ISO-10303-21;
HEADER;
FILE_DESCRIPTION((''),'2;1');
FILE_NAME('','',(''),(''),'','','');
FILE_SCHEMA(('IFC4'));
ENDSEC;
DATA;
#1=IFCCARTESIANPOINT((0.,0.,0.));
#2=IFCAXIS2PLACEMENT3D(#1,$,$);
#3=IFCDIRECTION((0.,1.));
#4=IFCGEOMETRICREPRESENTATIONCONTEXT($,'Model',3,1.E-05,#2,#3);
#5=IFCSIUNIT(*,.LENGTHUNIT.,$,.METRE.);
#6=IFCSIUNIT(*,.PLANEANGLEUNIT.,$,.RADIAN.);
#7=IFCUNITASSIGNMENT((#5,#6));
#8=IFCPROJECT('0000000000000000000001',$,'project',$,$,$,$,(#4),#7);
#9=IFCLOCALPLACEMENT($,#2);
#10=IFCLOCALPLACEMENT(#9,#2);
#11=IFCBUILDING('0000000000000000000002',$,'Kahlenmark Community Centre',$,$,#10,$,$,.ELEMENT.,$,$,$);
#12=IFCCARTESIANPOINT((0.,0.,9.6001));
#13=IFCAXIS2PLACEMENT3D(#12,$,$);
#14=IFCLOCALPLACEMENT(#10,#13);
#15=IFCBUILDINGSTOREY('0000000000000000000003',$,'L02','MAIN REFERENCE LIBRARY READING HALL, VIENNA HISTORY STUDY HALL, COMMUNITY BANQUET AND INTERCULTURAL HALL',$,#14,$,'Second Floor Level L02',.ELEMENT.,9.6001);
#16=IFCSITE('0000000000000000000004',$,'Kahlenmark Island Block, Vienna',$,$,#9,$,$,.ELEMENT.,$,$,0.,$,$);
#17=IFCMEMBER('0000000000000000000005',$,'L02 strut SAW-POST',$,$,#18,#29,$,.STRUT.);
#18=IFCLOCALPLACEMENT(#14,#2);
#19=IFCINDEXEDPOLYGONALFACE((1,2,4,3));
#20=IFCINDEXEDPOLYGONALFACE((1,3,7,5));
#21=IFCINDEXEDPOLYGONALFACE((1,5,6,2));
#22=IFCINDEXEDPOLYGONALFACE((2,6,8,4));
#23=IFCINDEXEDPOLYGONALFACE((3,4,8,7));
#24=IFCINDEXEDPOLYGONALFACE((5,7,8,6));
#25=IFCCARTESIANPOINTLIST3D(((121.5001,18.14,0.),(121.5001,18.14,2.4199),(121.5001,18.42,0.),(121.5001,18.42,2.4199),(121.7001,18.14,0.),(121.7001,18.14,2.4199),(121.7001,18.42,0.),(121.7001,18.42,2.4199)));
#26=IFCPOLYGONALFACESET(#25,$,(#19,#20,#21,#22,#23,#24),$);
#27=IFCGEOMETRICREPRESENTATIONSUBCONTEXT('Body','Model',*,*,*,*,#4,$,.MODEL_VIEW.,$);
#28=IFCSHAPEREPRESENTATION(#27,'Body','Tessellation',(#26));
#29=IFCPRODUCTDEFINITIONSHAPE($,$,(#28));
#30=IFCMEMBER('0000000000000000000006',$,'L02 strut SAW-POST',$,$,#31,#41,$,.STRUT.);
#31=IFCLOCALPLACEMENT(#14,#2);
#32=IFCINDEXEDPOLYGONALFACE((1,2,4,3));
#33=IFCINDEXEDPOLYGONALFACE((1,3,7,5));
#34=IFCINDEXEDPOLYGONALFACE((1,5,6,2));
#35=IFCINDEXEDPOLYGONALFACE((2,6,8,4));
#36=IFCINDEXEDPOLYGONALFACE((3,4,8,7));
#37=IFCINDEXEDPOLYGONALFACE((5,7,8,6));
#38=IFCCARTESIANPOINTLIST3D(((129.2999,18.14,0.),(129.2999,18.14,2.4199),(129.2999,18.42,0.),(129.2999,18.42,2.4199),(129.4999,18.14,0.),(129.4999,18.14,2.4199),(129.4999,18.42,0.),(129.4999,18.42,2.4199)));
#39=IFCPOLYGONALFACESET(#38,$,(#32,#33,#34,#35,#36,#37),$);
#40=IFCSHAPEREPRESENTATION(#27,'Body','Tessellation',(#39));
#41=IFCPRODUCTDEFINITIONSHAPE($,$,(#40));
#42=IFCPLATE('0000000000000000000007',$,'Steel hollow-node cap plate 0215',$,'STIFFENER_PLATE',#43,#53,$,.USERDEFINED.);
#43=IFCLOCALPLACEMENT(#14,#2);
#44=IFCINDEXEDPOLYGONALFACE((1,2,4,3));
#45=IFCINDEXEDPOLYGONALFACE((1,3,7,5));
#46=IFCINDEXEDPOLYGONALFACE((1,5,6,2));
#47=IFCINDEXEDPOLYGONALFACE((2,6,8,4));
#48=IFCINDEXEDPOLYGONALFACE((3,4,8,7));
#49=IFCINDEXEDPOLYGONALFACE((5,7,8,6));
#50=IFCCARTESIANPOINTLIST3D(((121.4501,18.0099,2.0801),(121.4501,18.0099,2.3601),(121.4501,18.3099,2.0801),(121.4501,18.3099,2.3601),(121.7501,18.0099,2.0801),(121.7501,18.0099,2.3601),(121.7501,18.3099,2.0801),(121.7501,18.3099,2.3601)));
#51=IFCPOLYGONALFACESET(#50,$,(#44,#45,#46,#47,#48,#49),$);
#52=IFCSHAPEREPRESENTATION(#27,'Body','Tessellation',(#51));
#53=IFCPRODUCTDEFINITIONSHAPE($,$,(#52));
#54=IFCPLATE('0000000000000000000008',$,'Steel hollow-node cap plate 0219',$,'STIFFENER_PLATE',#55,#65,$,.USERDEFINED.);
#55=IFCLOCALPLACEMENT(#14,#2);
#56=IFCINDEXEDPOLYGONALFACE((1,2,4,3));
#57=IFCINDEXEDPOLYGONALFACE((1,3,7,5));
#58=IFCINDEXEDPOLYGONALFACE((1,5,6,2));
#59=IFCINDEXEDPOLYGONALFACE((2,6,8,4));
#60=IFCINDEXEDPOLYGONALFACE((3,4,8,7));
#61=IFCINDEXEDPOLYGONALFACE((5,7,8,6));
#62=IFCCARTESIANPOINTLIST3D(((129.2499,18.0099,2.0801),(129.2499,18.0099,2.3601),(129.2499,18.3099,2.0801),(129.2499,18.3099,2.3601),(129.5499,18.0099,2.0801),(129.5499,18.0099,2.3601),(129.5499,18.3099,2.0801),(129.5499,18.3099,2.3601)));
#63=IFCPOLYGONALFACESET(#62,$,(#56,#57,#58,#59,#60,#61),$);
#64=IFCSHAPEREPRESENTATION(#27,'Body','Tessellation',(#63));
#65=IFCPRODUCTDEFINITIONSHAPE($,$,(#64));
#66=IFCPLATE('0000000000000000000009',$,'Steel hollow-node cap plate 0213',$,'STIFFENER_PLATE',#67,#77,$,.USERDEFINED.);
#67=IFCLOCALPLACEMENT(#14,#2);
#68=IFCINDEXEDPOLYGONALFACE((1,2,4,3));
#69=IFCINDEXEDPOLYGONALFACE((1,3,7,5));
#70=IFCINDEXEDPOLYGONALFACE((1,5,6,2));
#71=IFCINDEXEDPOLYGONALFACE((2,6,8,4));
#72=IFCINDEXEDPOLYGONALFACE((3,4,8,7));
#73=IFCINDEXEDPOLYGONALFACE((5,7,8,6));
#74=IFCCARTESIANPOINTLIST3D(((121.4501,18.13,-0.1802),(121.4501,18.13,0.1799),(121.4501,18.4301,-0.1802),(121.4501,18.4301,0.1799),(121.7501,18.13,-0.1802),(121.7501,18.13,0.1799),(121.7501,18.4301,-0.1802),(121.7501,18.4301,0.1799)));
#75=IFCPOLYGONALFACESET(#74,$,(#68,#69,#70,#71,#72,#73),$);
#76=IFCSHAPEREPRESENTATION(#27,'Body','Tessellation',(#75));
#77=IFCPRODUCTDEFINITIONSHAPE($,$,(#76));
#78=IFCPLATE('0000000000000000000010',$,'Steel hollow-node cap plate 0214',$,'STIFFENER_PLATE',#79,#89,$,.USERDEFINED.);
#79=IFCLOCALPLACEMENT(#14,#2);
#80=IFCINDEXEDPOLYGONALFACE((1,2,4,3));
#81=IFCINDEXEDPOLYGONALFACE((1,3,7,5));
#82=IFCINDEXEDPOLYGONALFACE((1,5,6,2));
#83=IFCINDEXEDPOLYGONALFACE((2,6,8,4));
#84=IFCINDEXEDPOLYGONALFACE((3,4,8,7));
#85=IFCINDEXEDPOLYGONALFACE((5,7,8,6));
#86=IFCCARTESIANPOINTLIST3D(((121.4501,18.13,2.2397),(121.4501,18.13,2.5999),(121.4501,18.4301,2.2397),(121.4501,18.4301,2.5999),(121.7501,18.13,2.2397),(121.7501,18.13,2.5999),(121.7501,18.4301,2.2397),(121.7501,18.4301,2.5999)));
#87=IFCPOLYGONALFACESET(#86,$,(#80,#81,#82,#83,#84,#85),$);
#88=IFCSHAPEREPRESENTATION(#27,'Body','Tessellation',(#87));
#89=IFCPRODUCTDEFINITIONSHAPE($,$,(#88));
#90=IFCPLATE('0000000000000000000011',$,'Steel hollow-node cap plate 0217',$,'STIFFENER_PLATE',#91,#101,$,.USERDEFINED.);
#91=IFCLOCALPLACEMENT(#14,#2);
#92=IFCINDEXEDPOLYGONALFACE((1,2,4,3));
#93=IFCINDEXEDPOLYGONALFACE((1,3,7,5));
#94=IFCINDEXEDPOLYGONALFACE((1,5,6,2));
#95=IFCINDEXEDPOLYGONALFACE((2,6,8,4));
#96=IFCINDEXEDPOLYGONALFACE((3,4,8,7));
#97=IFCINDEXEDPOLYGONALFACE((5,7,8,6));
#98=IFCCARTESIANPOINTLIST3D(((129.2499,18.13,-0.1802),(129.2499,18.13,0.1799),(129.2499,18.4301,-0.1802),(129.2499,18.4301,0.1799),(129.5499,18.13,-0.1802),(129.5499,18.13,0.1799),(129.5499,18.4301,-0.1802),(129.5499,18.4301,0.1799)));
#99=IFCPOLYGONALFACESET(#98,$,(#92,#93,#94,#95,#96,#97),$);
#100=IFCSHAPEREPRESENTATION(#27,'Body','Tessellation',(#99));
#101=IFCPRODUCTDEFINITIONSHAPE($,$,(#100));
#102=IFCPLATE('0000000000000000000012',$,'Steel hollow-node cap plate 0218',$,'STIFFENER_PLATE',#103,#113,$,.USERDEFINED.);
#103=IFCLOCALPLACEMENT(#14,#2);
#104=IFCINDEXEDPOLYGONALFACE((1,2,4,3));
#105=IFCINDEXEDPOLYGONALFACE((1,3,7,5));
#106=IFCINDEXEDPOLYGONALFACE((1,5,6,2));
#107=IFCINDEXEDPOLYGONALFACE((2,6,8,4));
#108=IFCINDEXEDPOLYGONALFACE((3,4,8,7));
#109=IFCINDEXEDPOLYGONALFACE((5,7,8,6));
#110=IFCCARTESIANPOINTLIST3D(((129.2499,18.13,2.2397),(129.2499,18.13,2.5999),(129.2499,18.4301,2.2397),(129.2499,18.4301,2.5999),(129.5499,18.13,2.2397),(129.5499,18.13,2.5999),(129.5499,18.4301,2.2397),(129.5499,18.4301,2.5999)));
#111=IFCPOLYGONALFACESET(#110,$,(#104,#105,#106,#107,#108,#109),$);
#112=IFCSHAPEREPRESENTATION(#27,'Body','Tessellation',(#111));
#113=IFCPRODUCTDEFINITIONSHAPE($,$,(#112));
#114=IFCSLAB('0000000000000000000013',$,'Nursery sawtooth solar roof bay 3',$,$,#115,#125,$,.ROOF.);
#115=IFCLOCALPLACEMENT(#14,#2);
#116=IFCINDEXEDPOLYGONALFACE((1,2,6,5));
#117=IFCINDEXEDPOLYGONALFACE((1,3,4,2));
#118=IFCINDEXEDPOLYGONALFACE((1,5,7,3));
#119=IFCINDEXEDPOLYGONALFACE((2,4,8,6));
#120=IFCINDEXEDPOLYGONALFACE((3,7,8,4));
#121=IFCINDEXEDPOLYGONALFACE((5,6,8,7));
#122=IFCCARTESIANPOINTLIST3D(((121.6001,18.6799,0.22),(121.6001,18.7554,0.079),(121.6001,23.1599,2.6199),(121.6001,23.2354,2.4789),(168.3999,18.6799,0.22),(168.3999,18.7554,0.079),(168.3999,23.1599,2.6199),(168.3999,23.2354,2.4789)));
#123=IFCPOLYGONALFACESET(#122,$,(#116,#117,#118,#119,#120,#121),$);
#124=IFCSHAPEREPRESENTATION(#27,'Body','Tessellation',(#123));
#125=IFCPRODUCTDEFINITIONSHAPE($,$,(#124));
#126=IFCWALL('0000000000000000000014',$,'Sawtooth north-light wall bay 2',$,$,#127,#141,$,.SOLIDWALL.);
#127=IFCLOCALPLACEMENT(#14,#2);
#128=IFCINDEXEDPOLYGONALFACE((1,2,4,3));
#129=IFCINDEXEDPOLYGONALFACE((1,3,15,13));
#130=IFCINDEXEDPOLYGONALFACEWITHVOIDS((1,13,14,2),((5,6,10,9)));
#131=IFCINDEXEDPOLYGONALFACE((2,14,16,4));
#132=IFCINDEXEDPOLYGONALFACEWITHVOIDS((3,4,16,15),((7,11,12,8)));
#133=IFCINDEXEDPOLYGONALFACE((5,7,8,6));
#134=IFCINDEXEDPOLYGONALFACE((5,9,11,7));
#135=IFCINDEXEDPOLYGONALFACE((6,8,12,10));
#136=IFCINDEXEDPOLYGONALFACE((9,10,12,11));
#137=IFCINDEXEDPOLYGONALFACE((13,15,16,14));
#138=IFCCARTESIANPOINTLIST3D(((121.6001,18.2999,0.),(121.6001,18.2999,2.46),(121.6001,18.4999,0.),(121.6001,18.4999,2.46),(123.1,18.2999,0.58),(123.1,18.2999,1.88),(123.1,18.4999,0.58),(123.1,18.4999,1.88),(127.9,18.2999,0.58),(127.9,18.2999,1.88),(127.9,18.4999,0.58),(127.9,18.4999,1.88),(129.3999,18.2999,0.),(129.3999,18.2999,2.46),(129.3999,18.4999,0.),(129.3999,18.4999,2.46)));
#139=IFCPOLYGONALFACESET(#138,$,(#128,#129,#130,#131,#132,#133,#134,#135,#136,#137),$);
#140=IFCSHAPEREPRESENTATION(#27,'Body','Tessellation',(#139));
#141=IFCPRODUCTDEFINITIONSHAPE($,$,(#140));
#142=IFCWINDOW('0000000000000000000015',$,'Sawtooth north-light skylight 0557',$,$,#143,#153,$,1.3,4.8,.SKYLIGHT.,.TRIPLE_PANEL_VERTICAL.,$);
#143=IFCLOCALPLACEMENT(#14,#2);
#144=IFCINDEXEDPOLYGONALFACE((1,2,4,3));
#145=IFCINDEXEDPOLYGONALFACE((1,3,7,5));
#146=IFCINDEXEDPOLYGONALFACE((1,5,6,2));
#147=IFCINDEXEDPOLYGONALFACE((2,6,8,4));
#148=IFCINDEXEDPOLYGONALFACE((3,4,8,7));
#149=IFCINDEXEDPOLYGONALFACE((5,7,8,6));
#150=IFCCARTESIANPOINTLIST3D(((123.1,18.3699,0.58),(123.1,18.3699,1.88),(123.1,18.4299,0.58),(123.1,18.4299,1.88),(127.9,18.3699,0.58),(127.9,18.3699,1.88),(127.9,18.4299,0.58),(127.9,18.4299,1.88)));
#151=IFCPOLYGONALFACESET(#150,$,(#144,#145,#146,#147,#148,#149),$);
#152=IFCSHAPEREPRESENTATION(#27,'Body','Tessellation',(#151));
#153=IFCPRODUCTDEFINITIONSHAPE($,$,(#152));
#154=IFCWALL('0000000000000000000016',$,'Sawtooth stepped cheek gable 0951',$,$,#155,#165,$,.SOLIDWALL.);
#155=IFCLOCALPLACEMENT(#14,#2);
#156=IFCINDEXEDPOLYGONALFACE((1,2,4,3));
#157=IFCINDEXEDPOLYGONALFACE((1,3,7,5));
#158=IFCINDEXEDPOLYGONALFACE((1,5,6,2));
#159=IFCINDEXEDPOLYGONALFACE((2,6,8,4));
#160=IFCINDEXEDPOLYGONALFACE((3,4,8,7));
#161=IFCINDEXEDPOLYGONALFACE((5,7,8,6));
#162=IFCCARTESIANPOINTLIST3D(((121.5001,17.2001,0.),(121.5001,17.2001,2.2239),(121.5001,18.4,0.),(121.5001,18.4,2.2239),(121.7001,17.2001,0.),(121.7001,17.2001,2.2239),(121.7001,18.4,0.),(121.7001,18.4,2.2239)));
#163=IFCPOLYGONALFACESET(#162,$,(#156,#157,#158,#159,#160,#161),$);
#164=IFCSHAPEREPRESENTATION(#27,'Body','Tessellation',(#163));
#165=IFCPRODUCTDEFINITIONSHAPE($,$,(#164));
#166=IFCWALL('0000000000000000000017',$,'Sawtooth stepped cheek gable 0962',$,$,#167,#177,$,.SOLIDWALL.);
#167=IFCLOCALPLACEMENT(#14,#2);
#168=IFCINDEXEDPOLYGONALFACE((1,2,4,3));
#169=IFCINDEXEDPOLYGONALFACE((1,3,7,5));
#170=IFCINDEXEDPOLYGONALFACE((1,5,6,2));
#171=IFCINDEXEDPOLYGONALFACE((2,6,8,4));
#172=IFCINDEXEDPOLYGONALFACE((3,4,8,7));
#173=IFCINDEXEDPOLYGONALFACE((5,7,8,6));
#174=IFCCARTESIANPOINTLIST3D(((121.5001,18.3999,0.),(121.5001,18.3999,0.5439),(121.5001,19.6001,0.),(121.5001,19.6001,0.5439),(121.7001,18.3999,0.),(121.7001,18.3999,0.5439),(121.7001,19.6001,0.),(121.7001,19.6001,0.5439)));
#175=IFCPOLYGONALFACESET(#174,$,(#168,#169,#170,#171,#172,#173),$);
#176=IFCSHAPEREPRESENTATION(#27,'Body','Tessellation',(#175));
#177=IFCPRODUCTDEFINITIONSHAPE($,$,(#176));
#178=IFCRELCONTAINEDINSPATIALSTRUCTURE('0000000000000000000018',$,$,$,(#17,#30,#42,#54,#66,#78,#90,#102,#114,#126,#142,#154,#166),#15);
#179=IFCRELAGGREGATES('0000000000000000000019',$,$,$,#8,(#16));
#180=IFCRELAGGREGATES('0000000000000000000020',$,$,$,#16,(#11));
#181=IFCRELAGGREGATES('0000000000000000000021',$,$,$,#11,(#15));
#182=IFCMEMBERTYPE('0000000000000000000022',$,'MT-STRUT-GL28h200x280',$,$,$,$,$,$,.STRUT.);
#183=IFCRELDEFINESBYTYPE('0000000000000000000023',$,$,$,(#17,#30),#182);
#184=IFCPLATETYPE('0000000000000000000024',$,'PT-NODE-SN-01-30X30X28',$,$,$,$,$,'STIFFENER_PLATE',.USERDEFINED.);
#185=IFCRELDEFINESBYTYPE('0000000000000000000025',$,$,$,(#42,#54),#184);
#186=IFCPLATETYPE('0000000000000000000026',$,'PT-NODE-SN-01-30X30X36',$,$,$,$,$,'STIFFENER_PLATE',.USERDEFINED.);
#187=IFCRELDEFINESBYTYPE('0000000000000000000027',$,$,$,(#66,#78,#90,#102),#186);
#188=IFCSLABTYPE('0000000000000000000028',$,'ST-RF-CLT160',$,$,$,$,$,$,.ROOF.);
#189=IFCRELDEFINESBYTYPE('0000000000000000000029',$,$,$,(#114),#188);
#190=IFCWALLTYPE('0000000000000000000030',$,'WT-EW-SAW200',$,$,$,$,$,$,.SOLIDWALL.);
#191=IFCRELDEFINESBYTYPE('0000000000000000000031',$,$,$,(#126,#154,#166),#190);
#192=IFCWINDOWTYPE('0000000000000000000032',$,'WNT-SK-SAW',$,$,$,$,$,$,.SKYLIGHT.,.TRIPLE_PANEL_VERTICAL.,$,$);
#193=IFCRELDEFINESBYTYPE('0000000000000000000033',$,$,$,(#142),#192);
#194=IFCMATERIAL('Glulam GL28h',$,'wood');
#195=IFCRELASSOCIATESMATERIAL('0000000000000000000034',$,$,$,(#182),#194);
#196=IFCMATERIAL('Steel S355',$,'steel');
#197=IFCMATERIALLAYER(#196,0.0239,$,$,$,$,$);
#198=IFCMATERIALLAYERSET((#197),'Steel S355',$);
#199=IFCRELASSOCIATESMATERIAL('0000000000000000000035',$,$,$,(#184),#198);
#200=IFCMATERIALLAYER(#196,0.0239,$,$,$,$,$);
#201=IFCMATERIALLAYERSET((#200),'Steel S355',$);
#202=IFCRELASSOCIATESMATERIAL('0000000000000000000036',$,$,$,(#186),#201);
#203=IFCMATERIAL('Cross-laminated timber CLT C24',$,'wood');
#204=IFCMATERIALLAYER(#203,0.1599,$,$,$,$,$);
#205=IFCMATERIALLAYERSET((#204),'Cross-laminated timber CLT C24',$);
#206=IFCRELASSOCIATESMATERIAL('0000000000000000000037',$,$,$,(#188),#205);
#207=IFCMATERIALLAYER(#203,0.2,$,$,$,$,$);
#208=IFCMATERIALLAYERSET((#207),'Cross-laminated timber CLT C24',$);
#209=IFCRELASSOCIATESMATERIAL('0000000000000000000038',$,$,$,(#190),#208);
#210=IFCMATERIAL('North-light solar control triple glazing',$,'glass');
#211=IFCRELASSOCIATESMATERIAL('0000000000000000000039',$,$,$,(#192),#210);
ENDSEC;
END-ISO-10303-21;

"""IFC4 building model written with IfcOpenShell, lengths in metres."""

from ifc_helpers import new_model, si_unit, direction, frame, frame_2d, origin, origin_2d, place, context, subcontext, project, spatial, polyline, rectangle, outline, extrude, material, layer, layer_set, material_profile, profile_set, type_object, element, fill, save


model = new_model("IFC4")

# Units and contexts
model_context = context("Model", 3, precision=1e-05, world=origin(), true_north=direction((0.0, 1.0)))
body_context = subcontext(model_context, "Body", "Model", "MODEL_VIEW")
ifc_project = project(units=[si_unit("LENGTHUNIT", "METRE"), si_unit("PLANEANGLEUNIT", "RADIAN")], contexts=[model_context])

# Site, building, storey
site_placement = place(None, origin())
site = spatial("IfcSite", under=ifc_project, at=site_placement, Name="Kahlenmark Island Block, Vienna", CompositionType="ELEMENT", RefElevation=0.0)
building_placement = place(site_placement, origin())
building = spatial("IfcBuilding", under=site, at=building_placement, Name="Kahlenmark Community Centre", CompositionType="ELEMENT")
storey_placement = place(building_placement, frame((0.0, 0.0, 9.6001)))
storey = spatial("IfcBuildingStorey", under=building, at=storey_placement, Name="L02", Description="MAIN REFERENCE LIBRARY READING HALL, VIENNA HISTORY STUDY HALL, COMMUNITY BANQUET AND INTERCULTURAL HALL", LongName="Second Floor Level L02", CompositionType="ELEMENT", Elevation=9.6001)

# Members
ifc_material_1 = material(Name="Steel S355", Category="steel")
ifc_material_2 = material(Name="Glulam GL28h", Category="wood")
ifc_material_profile_1 = material_profile(ifc_material_2, rectangle(XDim=0.2, YDim=0.28, at=origin_2d()), Name="GL28h 200x280")
ifc_profile_set_1 = profile_set([ifc_material_profile_1], Name="Glulam GL28h")
member_type_1 = type_object("IfcMemberType", Name="MT-STRUT-GL28h200x280", PredefinedType="STRUT", material=ifc_profile_set_1)
for number, where, z_axis, x_axis, name in (
    (1, (121.6001, 18.28, 0.0), (0.0, 0.0, 1.0), (1.0, 0.0, 0.0), "L02 strut SAW-POST"),
    (2, (129.3999, 18.28, 0.0), (0.0, 0.0, 1.0), (1.0, 0.0, 0.0), "L02 strut SAW-POST"),
):
    element("IfcMember", number, at=place(storey_placement, frame(where, z_axis=z_axis, x_axis=x_axis)), inside=storey, type_object=member_type_1, Name=name, PredefinedType="STRUT", context=body_context, shape_type="SweptSolid", body=[
        extrude(rectangle(XDim=0.2, YDim=0.28, at=origin_2d()), origin(), (0.0, 0.0, 1.0), 2.4199),
    ])

# Plates
ifc_layer_1 = layer(ifc_material_1, 0.0239)
ifc_layer_set_1 = layer_set([ifc_layer_1], Name="Steel S355")
plate_type_1 = type_object("IfcPlateType", Name="PT-NODE-SN-01-30X30X28", ElementType="STIFFENER_PLATE", PredefinedType="USERDEFINED", material=ifc_layer_set_1)
for number, where, z_axis, x_axis, name in (
    (3, (121.6001, 18.1599, 2.0801), (0.0, 0.0, 1.0), (1.0, 0.0, 0.0), "Steel hollow-node cap plate 0215"),
    (4, (129.3999, 18.1599, 2.0801), (0.0, 0.0, 1.0), (1.0, 0.0, 0.0), "Steel hollow-node cap plate 0219"),
):
    element("IfcPlate", number, at=place(storey_placement, frame(where, z_axis=z_axis, x_axis=x_axis)), inside=storey, type_object=plate_type_1, Name=name, ObjectType="STIFFENER_PLATE", PredefinedType="USERDEFINED", context=body_context, shape_type="SweptSolid", body=[
        extrude(rectangle(XDim=0.3, YDim=0.3, at=origin_2d()), origin(), (0.0, 0.0, 1.0), 0.28),
    ])
ifc_layer_2 = layer(ifc_material_1, 0.0239)
ifc_layer_set_2 = layer_set([ifc_layer_2], Name="Steel S355")
plate_type_2 = type_object("IfcPlateType", Name="PT-NODE-SN-01-30X30X36", ElementType="STIFFENER_PLATE", PredefinedType="USERDEFINED", material=ifc_layer_set_2)
for number, where, z_axis, x_axis, name in (
    (5, (121.6001, 18.28, -0.1802), (0.0, 0.0, 1.0), (1.0, 0.0, 0.0), "Steel hollow-node cap plate 0213"),
    (6, (121.6001, 18.28, 2.2397), (0.0, 0.0, 1.0), (1.0, 0.0, 0.0), "Steel hollow-node cap plate 0214"),
    (7, (129.3999, 18.28, -0.1802), (0.0, 0.0, 1.0), (1.0, 0.0, 0.0), "Steel hollow-node cap plate 0217"),
    (8, (129.3999, 18.28, 2.2397), (0.0, 0.0, 1.0), (1.0, 0.0, 0.0), "Steel hollow-node cap plate 0218"),
):
    element("IfcPlate", number, at=place(storey_placement, frame(where, z_axis=z_axis, x_axis=x_axis)), inside=storey, type_object=plate_type_2, Name=name, ObjectType="STIFFENER_PLATE", PredefinedType="USERDEFINED", context=body_context, shape_type="SweptSolid", body=[
        extrude(rectangle(XDim=0.3, YDim=0.3, at=origin_2d()), origin(), (0.0, 0.0, 1.0), 0.3601),
    ])

# Slab
ifc_material_3 = material(Name="Cross-laminated timber CLT C24", Category="wood")
ifc_layer_3 = layer(ifc_material_3, 0.1599)
ifc_layer_set_3 = layer_set([ifc_layer_3], Name="Cross-laminated timber CLT C24")
slab_type = type_object("IfcSlabType", Name="ST-RF-CLT160", PredefinedType="ROOF", material=ifc_layer_set_3)
slab_placement = place(storey_placement, frame((121.6001, 18.6799, 0.22), z_axis=(0.0, -0.472208, 0.881487), x_axis=(1.0, 0.0, 0.0)))
element("IfcSlab", 9, at=slab_placement, inside=storey, type_object=slab_type, Name="Nursery sawtooth solar roof bay 3", PredefinedType="ROOF", context=body_context, shape_type="SweptSolid", body=[
    extrude(outline(polyline([(0.0, 0.0), (46.7998, 0.0), (46.7998, 5.0823), (0.0, 5.0823), (0.0, 0.0)])), origin(), (0.0, 0.0, -1.0), 0.1599),
])

# Wall, opening, window
ifc_layer_4 = layer(ifc_material_3, 0.2)
ifc_layer_set_4 = layer_set([ifc_layer_4], Name="Cross-laminated timber CLT C24")
wall_type = type_object("IfcWallType", Name="WT-EW-SAW200", PredefinedType="SOLIDWALL", material=ifc_layer_set_4)
wall_1_placement = place(storey_placement, frame((121.6001, 18.3999, 0.0), z_axis=(0.0, 0.0, 1.0), x_axis=(1.0, 0.0, 0.0)))
wall_1 = element("IfcWall", 10, at=wall_1_placement, inside=storey, type_object=wall_type, Name="Sawtooth north-light wall bay 2", PredefinedType="SOLIDWALL", context=body_context, shape_type="SweptSolid", body=[
    extrude(rectangle(XDim=7.7998, YDim=0.2, at=frame_2d((3.8999, 0.0))), origin(), (0.0, 0.0, 1.0), 2.46),
])
opening_placement = place(wall_1_placement, frame((1.5, 0.0, 0.5801)))
opening = element("IfcOpeningElement", 11, at=opening_placement, cuts=wall_1, PredefinedType="OPENING", context=body_context, shape_type="SweptSolid", body=[
    extrude(rectangle(XDim=4.8, YDim=1.3, at=frame_2d((2.3999, 0.6499))), frame((0.0, 0.1099, 0.0), z_axis=(0.0, -1.0, 0.0), x_axis=(1.0, 0.0, 0.0)), (0.0, 0.0, 1.0), 0.22),
])
ifc_material_4 = material(Name="North-light solar control triple glazing", Category="glass")
window_type = type_object("IfcWindowType", Name="WNT-SK-SAW", PartitioningType="TRIPLE_PANEL_VERTICAL", PredefinedType="SKYLIGHT", material=ifc_material_4)
window_placement = place(opening_placement, origin())
window = element("IfcWindow", 12, at=window_placement, inside=storey, type_object=window_type, Name="Sawtooth north-light skylight 0557", OverallHeight=1.3, OverallWidth=4.8, PartitioningType="TRIPLE_PANEL_VERTICAL", PredefinedType="SKYLIGHT", context=body_context, shape_type="SweptSolid", body=[
    extrude(rectangle(XDim=4.8, YDim=1.3, at=frame_2d((2.3999, 0.6499))), frame((0.0, 0.03, 0.0), z_axis=(0.0, -1.0, 0.0), x_axis=(1.0, 0.0, 0.0)), (0.0, 0.0, 1.0), 0.0601),
])
fill(opening, window)

# Walls
wall_2_placement = place(storey_placement, frame((121.6001, 17.2, 0.0), z_axis=(0.0, 0.0, 1.0), x_axis=(0.0, 1.0, 0.0)))
element("IfcWall", 13, at=wall_2_placement, inside=storey, type_object=wall_type, Name="Sawtooth stepped cheek gable 0951", PredefinedType="SOLIDWALL", context=body_context, shape_type="SweptSolid", body=[
    extrude(rectangle(XDim=1.2, YDim=0.2, at=frame_2d((0.6001, 0.0))), origin(), (0.0, 0.0, 1.0), 2.2239),
])
wall_3_placement = place(storey_placement, frame((121.6001, 18.3999, 0.0), z_axis=(0.0, 0.0, 1.0), x_axis=(0.0, 1.0, 0.0)))
element("IfcWall", 14, at=wall_3_placement, inside=storey, type_object=wall_type, Name="Sawtooth stepped cheek gable 0962", PredefinedType="SOLIDWALL", context=body_context, shape_type="SweptSolid", body=[
    extrude(rectangle(XDim=1.2002, YDim=0.2, at=frame_2d((0.6001, 0.0))), origin(), (0.0, 0.0, 1.0), 0.5439),
])

save(model, "model.ifc")
